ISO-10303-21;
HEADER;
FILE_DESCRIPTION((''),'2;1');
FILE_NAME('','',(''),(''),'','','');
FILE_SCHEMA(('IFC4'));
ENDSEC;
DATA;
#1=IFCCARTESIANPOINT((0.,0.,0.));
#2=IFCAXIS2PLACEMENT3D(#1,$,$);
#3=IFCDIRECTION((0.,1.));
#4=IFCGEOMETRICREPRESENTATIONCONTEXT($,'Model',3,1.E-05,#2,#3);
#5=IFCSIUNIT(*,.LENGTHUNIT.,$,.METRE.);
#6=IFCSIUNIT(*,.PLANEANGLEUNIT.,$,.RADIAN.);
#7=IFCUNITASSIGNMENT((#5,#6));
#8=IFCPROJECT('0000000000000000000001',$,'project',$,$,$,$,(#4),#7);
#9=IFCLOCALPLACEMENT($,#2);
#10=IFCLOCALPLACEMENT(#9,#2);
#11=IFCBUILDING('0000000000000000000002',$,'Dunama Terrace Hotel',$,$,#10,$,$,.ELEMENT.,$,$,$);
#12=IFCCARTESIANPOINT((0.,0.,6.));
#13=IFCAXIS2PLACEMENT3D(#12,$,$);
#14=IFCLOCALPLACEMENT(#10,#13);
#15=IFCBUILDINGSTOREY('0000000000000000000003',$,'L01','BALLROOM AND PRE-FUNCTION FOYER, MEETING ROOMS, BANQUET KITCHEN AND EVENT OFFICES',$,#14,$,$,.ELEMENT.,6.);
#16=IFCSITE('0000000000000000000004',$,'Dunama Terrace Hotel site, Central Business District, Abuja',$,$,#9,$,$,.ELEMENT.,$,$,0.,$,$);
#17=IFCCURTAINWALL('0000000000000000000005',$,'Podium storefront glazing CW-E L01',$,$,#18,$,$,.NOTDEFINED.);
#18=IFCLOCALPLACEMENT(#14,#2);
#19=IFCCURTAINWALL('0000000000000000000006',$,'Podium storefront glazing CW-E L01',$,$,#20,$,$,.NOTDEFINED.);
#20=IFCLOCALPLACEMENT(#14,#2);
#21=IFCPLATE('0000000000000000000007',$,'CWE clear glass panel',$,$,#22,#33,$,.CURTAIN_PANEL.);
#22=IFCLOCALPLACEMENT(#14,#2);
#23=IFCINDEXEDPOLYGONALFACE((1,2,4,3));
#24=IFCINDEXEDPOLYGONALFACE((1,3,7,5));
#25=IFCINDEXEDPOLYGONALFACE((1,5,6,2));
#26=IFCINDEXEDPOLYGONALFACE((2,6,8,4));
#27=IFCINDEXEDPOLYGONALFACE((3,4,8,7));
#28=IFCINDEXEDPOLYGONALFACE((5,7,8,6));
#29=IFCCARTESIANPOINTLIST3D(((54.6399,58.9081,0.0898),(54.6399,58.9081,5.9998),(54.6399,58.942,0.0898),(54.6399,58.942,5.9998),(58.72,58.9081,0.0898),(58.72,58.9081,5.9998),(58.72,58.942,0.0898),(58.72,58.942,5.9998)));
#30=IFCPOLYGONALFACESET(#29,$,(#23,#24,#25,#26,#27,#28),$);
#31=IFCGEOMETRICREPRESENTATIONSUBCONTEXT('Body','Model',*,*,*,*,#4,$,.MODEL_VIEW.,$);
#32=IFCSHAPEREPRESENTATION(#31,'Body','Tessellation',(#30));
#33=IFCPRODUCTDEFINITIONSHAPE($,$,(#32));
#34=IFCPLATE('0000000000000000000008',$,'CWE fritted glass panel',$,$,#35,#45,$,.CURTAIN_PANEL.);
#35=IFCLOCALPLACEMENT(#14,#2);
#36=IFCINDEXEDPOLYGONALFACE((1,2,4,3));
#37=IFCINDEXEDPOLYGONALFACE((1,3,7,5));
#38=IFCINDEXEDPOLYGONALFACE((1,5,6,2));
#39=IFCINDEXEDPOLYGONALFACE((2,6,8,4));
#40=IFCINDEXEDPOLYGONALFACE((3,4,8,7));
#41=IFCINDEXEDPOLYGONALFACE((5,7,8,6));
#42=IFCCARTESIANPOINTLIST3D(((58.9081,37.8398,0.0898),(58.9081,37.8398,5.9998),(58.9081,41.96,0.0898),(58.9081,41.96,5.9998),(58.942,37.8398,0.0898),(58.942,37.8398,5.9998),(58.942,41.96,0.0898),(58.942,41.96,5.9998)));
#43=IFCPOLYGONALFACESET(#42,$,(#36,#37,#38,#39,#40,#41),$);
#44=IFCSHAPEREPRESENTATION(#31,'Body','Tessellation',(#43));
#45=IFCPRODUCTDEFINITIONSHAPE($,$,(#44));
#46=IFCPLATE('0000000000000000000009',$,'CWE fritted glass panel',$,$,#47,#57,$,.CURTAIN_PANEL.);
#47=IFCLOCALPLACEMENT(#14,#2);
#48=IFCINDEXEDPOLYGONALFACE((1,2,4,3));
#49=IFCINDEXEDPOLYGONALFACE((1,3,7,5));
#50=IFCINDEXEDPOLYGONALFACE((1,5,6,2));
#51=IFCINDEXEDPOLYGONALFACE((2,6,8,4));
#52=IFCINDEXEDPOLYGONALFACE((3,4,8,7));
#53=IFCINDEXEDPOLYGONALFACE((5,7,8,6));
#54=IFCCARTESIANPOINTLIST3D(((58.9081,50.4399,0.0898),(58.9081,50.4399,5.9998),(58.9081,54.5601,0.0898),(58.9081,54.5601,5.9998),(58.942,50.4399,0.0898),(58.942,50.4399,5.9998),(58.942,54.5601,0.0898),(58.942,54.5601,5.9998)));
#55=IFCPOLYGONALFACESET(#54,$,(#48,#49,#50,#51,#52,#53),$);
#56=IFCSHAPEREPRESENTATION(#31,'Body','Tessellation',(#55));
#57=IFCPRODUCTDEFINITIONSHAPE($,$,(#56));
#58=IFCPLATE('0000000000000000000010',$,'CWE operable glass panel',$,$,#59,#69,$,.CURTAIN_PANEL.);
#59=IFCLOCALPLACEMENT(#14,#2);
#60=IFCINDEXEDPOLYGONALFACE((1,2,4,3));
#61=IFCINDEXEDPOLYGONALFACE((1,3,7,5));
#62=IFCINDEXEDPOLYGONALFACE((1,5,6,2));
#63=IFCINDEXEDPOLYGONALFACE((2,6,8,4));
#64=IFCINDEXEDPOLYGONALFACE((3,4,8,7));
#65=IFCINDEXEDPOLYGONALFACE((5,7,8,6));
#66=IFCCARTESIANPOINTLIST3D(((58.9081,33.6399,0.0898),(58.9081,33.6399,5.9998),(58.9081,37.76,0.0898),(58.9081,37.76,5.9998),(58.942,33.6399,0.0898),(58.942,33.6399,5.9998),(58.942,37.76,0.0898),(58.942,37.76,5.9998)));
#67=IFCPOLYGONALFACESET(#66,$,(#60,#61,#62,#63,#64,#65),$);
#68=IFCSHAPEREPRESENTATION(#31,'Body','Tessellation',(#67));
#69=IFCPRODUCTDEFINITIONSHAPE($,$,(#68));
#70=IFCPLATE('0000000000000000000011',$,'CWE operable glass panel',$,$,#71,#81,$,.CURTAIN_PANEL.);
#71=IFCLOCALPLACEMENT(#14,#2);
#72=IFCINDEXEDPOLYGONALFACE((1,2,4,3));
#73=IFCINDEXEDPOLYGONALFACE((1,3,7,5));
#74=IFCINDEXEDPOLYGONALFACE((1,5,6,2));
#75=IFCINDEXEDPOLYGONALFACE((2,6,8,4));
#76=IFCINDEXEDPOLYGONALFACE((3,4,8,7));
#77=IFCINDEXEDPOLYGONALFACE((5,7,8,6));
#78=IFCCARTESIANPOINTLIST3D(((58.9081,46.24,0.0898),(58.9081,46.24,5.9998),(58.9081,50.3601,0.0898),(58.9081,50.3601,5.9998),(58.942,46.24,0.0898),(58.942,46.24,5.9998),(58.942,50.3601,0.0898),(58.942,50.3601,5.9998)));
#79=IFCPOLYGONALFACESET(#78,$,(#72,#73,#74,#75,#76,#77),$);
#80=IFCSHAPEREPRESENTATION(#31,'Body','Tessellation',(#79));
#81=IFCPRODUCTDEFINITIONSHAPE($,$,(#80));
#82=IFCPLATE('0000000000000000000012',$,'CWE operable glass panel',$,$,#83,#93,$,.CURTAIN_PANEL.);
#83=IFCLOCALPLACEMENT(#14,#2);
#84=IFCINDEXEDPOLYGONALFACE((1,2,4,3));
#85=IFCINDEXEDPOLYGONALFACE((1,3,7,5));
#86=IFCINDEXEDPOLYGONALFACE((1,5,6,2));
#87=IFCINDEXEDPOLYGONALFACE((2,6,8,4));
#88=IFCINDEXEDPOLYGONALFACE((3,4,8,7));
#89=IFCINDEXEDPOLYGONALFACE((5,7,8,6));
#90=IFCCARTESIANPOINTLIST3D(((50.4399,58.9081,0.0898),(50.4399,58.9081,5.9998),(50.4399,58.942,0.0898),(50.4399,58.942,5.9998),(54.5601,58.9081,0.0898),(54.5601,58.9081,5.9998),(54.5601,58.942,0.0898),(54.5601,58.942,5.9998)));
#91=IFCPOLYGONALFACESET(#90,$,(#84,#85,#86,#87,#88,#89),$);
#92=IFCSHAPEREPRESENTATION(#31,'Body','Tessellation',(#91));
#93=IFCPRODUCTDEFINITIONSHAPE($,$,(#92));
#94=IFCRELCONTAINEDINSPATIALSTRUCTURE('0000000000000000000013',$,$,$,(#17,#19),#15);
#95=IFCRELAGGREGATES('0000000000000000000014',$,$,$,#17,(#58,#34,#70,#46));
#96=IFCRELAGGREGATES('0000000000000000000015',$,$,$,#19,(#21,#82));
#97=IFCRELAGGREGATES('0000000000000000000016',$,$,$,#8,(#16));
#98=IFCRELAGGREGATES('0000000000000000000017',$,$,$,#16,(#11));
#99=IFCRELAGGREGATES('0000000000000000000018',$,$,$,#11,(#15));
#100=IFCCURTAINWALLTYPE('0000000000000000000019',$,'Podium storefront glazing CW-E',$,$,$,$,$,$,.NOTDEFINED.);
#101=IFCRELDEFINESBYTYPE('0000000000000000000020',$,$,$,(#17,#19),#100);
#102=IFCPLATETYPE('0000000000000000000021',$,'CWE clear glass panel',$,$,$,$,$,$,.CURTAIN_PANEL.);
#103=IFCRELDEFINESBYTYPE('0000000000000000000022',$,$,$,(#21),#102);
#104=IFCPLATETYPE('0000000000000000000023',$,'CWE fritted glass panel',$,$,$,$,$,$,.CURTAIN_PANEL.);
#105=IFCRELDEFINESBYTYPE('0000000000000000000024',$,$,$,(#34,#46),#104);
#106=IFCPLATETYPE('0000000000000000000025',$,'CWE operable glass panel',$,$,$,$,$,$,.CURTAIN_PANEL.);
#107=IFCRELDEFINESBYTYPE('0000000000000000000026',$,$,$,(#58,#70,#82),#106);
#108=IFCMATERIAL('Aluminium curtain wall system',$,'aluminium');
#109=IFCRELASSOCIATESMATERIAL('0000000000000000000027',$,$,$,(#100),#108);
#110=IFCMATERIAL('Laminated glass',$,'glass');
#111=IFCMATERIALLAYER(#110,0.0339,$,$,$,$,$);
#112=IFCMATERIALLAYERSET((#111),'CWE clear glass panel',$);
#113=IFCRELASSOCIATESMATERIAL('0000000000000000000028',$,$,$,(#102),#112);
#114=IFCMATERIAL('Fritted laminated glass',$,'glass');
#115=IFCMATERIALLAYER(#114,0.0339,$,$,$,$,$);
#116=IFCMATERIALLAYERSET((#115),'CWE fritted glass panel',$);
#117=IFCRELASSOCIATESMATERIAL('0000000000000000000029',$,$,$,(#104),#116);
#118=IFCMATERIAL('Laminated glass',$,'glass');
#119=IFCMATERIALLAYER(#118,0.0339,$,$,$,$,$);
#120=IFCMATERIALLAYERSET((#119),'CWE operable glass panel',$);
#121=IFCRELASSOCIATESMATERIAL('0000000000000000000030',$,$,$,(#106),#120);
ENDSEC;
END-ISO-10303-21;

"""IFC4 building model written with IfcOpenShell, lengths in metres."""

from ifc_helpers import new_model, si_unit, direction, frame, origin, origin_2d, place, context, subcontext, project, spatial, rectangle, extrude, material, layer, layer_set, type_object, element, aggregate, save


model = new_model("IFC4")

# Units and contexts
model_context = context("Model", 3, precision=1e-05, world=origin(), true_north=direction((0.0, 1.0)))
body_context = subcontext(model_context, "Body", "Model", "MODEL_VIEW")
ifc_project = project(units=[si_unit("LENGTHUNIT", "METRE"), si_unit("PLANEANGLEUNIT", "RADIAN")], contexts=[model_context])

# Site, building, storey
site_placement = place(None, origin())
site = spatial("IfcSite", under=ifc_project, at=site_placement, Name="Dunama Terrace Hotel site, Central Business District, Abuja", CompositionType="ELEMENT", RefElevation=0.0)
building_placement = place(site_placement, origin())
building = spatial("IfcBuilding", under=site, at=building_placement, Name="Dunama Terrace Hotel", CompositionType="ELEMENT")
storey_placement = place(building_placement, frame((0.0, 0.0, 6.0)))
storey = spatial("IfcBuildingStorey", under=building, at=storey_placement, Name="L01", Description="BALLROOM AND PRE-FUNCTION FOYER, MEETING ROOMS, BANQUET KITCHEN AND EVENT OFFICES", CompositionType="ELEMENT", Elevation=6.0)

# Curtain walls
ifc_material_1 = material(Name="Aluminium curtain wall system", Category="aluminium")
curtain_wall_type = type_object("IfcCurtainWallType", Name="Podium storefront glazing CW-E", PredefinedType="NOTDEFINED", material=ifc_material_1)
curtain_wall_1_placement = place(storey_placement, origin())
curtain_wall_1 = element("IfcCurtainWall", 1, at=curtain_wall_1_placement, inside=storey, type_object=curtain_wall_type, Name="Podium storefront glazing CW-E L01", PredefinedType="NOTDEFINED")
curtain_wall_2_placement = place(storey_placement, origin())
curtain_wall_2 = element("IfcCurtainWall", 2, at=curtain_wall_2_placement, inside=storey, type_object=curtain_wall_type, Name="Podium storefront glazing CW-E L01", PredefinedType="NOTDEFINED")

# Plates
ifc_material_2 = material(Name="Laminated glass", Category="glass")
ifc_layer_1 = layer(ifc_material_2, 0.0339)
ifc_layer_set_1 = layer_set([ifc_layer_1], Name="CWE clear glass panel")
plate_type_1 = type_object("IfcPlateType", Name="CWE clear glass panel", PredefinedType="CURTAIN_PANEL", material=ifc_layer_set_1)
plate_1_placement = place(storey_placement, frame((56.6799, 58.925, 0.0898), z_axis=(0.0, 0.0, 1.0), x_axis=(-1.0, 0.0, 0.0)))
plate_1 = element("IfcPlate", 3, at=plate_1_placement, type_object=plate_type_1, Name="CWE clear glass panel", PredefinedType="CURTAIN_PANEL", context=body_context, shape_type="SweptSolid", body=[
    extrude(rectangle(XDim=4.0801, YDim=0.0339, at=origin_2d()), origin(), (0.0, 0.0, 1.0), 5.9099),
])
ifc_material_3 = material(Name="Fritted laminated glass", Category="glass")
ifc_layer_2 = layer(ifc_material_3, 0.0339)
ifc_layer_set_2 = layer_set([ifc_layer_2], Name="CWE fritted glass panel")
plate_type_2 = type_object("IfcPlateType", Name="CWE fritted glass panel", PredefinedType="CURTAIN_PANEL", material=ifc_layer_set_2)
plate_2_placement = place(storey_placement, frame((58.925, 39.8999, 0.0898), z_axis=(0.0, 0.0, 1.0), x_axis=(0.0, 1.0, 0.0)))
plate_2 = element("IfcPlate", 4, at=plate_2_placement, type_object=plate_type_2, Name="CWE fritted glass panel", PredefinedType="CURTAIN_PANEL", context=body_context, shape_type="SweptSolid", body=[
    extrude(rectangle(XDim=4.1201, YDim=0.0339, at=origin_2d()), origin(), (0.0, 0.0, 1.0), 5.9099),
])
plate_3_placement = place(storey_placement, frame((58.925, 52.5, 0.0898), z_axis=(0.0, 0.0, 1.0), x_axis=(0.0, 1.0, 0.0)))
plate_3 = element("IfcPlate", 5, at=plate_3_placement, type_object=plate_type_2, Name="CWE fritted glass panel", PredefinedType="CURTAIN_PANEL", context=body_context, shape_type="SweptSolid", body=[
    extrude(rectangle(XDim=4.1201, YDim=0.0339, at=origin_2d()), origin(), (0.0, 0.0, 1.0), 5.9099),
])
ifc_material_4 = material(Name="Laminated glass", Category="glass")
ifc_layer_3 = layer(ifc_material_4, 0.0339)
ifc_layer_set_3 = layer_set([ifc_layer_3], Name="CWE operable glass panel")
plate_type_3 = type_object("IfcPlateType", Name="CWE operable glass panel", PredefinedType="CURTAIN_PANEL", material=ifc_layer_set_3)
plate_4_placement = place(storey_placement, frame((58.925, 35.7, 0.0898), z_axis=(0.0, 0.0, 1.0), x_axis=(0.0, 1.0, 0.0)))
plate_4 = element("IfcPlate", 6, at=plate_4_placement, type_object=plate_type_3, Name="CWE operable glass panel", PredefinedType="CURTAIN_PANEL", context=body_context, shape_type="SweptSolid", body=[
    extrude(rectangle(XDim=4.1201, YDim=0.0339, at=origin_2d()), origin(), (0.0, 0.0, 1.0), 5.9099),
])
plate_5_placement = place(storey_placement, frame((58.925, 48.3, 0.0898), z_axis=(0.0, 0.0, 1.0), x_axis=(0.0, 1.0, 0.0)))
plate_5 = element("IfcPlate", 7, at=plate_5_placement, type_object=plate_type_3, Name="CWE operable glass panel", PredefinedType="CURTAIN_PANEL", context=body_context, shape_type="SweptSolid", body=[
    extrude(rectangle(XDim=4.1201, YDim=0.0339, at=origin_2d()), origin(), (0.0, 0.0, 1.0), 5.9099),
])
aggregate(curtain_wall_1, [plate_4, plate_2, plate_5, plate_3])
plate_6_placement = place(storey_placement, frame((52.5, 58.925, 0.0898), z_axis=(0.0, 0.0, 1.0), x_axis=(-1.0, 0.0, 0.0)))
plate_6 = element("IfcPlate", 8, at=plate_6_placement, type_object=plate_type_3, Name="CWE operable glass panel", PredefinedType="CURTAIN_PANEL", context=body_context, shape_type="SweptSolid", body=[
    extrude(rectangle(XDim=4.1201, YDim=0.0339, at=origin_2d()), origin(), (0.0, 0.0, 1.0), 5.9099),
])
aggregate(curtain_wall_2, [plate_1, plate_6])

save(model, "model.ifc")
